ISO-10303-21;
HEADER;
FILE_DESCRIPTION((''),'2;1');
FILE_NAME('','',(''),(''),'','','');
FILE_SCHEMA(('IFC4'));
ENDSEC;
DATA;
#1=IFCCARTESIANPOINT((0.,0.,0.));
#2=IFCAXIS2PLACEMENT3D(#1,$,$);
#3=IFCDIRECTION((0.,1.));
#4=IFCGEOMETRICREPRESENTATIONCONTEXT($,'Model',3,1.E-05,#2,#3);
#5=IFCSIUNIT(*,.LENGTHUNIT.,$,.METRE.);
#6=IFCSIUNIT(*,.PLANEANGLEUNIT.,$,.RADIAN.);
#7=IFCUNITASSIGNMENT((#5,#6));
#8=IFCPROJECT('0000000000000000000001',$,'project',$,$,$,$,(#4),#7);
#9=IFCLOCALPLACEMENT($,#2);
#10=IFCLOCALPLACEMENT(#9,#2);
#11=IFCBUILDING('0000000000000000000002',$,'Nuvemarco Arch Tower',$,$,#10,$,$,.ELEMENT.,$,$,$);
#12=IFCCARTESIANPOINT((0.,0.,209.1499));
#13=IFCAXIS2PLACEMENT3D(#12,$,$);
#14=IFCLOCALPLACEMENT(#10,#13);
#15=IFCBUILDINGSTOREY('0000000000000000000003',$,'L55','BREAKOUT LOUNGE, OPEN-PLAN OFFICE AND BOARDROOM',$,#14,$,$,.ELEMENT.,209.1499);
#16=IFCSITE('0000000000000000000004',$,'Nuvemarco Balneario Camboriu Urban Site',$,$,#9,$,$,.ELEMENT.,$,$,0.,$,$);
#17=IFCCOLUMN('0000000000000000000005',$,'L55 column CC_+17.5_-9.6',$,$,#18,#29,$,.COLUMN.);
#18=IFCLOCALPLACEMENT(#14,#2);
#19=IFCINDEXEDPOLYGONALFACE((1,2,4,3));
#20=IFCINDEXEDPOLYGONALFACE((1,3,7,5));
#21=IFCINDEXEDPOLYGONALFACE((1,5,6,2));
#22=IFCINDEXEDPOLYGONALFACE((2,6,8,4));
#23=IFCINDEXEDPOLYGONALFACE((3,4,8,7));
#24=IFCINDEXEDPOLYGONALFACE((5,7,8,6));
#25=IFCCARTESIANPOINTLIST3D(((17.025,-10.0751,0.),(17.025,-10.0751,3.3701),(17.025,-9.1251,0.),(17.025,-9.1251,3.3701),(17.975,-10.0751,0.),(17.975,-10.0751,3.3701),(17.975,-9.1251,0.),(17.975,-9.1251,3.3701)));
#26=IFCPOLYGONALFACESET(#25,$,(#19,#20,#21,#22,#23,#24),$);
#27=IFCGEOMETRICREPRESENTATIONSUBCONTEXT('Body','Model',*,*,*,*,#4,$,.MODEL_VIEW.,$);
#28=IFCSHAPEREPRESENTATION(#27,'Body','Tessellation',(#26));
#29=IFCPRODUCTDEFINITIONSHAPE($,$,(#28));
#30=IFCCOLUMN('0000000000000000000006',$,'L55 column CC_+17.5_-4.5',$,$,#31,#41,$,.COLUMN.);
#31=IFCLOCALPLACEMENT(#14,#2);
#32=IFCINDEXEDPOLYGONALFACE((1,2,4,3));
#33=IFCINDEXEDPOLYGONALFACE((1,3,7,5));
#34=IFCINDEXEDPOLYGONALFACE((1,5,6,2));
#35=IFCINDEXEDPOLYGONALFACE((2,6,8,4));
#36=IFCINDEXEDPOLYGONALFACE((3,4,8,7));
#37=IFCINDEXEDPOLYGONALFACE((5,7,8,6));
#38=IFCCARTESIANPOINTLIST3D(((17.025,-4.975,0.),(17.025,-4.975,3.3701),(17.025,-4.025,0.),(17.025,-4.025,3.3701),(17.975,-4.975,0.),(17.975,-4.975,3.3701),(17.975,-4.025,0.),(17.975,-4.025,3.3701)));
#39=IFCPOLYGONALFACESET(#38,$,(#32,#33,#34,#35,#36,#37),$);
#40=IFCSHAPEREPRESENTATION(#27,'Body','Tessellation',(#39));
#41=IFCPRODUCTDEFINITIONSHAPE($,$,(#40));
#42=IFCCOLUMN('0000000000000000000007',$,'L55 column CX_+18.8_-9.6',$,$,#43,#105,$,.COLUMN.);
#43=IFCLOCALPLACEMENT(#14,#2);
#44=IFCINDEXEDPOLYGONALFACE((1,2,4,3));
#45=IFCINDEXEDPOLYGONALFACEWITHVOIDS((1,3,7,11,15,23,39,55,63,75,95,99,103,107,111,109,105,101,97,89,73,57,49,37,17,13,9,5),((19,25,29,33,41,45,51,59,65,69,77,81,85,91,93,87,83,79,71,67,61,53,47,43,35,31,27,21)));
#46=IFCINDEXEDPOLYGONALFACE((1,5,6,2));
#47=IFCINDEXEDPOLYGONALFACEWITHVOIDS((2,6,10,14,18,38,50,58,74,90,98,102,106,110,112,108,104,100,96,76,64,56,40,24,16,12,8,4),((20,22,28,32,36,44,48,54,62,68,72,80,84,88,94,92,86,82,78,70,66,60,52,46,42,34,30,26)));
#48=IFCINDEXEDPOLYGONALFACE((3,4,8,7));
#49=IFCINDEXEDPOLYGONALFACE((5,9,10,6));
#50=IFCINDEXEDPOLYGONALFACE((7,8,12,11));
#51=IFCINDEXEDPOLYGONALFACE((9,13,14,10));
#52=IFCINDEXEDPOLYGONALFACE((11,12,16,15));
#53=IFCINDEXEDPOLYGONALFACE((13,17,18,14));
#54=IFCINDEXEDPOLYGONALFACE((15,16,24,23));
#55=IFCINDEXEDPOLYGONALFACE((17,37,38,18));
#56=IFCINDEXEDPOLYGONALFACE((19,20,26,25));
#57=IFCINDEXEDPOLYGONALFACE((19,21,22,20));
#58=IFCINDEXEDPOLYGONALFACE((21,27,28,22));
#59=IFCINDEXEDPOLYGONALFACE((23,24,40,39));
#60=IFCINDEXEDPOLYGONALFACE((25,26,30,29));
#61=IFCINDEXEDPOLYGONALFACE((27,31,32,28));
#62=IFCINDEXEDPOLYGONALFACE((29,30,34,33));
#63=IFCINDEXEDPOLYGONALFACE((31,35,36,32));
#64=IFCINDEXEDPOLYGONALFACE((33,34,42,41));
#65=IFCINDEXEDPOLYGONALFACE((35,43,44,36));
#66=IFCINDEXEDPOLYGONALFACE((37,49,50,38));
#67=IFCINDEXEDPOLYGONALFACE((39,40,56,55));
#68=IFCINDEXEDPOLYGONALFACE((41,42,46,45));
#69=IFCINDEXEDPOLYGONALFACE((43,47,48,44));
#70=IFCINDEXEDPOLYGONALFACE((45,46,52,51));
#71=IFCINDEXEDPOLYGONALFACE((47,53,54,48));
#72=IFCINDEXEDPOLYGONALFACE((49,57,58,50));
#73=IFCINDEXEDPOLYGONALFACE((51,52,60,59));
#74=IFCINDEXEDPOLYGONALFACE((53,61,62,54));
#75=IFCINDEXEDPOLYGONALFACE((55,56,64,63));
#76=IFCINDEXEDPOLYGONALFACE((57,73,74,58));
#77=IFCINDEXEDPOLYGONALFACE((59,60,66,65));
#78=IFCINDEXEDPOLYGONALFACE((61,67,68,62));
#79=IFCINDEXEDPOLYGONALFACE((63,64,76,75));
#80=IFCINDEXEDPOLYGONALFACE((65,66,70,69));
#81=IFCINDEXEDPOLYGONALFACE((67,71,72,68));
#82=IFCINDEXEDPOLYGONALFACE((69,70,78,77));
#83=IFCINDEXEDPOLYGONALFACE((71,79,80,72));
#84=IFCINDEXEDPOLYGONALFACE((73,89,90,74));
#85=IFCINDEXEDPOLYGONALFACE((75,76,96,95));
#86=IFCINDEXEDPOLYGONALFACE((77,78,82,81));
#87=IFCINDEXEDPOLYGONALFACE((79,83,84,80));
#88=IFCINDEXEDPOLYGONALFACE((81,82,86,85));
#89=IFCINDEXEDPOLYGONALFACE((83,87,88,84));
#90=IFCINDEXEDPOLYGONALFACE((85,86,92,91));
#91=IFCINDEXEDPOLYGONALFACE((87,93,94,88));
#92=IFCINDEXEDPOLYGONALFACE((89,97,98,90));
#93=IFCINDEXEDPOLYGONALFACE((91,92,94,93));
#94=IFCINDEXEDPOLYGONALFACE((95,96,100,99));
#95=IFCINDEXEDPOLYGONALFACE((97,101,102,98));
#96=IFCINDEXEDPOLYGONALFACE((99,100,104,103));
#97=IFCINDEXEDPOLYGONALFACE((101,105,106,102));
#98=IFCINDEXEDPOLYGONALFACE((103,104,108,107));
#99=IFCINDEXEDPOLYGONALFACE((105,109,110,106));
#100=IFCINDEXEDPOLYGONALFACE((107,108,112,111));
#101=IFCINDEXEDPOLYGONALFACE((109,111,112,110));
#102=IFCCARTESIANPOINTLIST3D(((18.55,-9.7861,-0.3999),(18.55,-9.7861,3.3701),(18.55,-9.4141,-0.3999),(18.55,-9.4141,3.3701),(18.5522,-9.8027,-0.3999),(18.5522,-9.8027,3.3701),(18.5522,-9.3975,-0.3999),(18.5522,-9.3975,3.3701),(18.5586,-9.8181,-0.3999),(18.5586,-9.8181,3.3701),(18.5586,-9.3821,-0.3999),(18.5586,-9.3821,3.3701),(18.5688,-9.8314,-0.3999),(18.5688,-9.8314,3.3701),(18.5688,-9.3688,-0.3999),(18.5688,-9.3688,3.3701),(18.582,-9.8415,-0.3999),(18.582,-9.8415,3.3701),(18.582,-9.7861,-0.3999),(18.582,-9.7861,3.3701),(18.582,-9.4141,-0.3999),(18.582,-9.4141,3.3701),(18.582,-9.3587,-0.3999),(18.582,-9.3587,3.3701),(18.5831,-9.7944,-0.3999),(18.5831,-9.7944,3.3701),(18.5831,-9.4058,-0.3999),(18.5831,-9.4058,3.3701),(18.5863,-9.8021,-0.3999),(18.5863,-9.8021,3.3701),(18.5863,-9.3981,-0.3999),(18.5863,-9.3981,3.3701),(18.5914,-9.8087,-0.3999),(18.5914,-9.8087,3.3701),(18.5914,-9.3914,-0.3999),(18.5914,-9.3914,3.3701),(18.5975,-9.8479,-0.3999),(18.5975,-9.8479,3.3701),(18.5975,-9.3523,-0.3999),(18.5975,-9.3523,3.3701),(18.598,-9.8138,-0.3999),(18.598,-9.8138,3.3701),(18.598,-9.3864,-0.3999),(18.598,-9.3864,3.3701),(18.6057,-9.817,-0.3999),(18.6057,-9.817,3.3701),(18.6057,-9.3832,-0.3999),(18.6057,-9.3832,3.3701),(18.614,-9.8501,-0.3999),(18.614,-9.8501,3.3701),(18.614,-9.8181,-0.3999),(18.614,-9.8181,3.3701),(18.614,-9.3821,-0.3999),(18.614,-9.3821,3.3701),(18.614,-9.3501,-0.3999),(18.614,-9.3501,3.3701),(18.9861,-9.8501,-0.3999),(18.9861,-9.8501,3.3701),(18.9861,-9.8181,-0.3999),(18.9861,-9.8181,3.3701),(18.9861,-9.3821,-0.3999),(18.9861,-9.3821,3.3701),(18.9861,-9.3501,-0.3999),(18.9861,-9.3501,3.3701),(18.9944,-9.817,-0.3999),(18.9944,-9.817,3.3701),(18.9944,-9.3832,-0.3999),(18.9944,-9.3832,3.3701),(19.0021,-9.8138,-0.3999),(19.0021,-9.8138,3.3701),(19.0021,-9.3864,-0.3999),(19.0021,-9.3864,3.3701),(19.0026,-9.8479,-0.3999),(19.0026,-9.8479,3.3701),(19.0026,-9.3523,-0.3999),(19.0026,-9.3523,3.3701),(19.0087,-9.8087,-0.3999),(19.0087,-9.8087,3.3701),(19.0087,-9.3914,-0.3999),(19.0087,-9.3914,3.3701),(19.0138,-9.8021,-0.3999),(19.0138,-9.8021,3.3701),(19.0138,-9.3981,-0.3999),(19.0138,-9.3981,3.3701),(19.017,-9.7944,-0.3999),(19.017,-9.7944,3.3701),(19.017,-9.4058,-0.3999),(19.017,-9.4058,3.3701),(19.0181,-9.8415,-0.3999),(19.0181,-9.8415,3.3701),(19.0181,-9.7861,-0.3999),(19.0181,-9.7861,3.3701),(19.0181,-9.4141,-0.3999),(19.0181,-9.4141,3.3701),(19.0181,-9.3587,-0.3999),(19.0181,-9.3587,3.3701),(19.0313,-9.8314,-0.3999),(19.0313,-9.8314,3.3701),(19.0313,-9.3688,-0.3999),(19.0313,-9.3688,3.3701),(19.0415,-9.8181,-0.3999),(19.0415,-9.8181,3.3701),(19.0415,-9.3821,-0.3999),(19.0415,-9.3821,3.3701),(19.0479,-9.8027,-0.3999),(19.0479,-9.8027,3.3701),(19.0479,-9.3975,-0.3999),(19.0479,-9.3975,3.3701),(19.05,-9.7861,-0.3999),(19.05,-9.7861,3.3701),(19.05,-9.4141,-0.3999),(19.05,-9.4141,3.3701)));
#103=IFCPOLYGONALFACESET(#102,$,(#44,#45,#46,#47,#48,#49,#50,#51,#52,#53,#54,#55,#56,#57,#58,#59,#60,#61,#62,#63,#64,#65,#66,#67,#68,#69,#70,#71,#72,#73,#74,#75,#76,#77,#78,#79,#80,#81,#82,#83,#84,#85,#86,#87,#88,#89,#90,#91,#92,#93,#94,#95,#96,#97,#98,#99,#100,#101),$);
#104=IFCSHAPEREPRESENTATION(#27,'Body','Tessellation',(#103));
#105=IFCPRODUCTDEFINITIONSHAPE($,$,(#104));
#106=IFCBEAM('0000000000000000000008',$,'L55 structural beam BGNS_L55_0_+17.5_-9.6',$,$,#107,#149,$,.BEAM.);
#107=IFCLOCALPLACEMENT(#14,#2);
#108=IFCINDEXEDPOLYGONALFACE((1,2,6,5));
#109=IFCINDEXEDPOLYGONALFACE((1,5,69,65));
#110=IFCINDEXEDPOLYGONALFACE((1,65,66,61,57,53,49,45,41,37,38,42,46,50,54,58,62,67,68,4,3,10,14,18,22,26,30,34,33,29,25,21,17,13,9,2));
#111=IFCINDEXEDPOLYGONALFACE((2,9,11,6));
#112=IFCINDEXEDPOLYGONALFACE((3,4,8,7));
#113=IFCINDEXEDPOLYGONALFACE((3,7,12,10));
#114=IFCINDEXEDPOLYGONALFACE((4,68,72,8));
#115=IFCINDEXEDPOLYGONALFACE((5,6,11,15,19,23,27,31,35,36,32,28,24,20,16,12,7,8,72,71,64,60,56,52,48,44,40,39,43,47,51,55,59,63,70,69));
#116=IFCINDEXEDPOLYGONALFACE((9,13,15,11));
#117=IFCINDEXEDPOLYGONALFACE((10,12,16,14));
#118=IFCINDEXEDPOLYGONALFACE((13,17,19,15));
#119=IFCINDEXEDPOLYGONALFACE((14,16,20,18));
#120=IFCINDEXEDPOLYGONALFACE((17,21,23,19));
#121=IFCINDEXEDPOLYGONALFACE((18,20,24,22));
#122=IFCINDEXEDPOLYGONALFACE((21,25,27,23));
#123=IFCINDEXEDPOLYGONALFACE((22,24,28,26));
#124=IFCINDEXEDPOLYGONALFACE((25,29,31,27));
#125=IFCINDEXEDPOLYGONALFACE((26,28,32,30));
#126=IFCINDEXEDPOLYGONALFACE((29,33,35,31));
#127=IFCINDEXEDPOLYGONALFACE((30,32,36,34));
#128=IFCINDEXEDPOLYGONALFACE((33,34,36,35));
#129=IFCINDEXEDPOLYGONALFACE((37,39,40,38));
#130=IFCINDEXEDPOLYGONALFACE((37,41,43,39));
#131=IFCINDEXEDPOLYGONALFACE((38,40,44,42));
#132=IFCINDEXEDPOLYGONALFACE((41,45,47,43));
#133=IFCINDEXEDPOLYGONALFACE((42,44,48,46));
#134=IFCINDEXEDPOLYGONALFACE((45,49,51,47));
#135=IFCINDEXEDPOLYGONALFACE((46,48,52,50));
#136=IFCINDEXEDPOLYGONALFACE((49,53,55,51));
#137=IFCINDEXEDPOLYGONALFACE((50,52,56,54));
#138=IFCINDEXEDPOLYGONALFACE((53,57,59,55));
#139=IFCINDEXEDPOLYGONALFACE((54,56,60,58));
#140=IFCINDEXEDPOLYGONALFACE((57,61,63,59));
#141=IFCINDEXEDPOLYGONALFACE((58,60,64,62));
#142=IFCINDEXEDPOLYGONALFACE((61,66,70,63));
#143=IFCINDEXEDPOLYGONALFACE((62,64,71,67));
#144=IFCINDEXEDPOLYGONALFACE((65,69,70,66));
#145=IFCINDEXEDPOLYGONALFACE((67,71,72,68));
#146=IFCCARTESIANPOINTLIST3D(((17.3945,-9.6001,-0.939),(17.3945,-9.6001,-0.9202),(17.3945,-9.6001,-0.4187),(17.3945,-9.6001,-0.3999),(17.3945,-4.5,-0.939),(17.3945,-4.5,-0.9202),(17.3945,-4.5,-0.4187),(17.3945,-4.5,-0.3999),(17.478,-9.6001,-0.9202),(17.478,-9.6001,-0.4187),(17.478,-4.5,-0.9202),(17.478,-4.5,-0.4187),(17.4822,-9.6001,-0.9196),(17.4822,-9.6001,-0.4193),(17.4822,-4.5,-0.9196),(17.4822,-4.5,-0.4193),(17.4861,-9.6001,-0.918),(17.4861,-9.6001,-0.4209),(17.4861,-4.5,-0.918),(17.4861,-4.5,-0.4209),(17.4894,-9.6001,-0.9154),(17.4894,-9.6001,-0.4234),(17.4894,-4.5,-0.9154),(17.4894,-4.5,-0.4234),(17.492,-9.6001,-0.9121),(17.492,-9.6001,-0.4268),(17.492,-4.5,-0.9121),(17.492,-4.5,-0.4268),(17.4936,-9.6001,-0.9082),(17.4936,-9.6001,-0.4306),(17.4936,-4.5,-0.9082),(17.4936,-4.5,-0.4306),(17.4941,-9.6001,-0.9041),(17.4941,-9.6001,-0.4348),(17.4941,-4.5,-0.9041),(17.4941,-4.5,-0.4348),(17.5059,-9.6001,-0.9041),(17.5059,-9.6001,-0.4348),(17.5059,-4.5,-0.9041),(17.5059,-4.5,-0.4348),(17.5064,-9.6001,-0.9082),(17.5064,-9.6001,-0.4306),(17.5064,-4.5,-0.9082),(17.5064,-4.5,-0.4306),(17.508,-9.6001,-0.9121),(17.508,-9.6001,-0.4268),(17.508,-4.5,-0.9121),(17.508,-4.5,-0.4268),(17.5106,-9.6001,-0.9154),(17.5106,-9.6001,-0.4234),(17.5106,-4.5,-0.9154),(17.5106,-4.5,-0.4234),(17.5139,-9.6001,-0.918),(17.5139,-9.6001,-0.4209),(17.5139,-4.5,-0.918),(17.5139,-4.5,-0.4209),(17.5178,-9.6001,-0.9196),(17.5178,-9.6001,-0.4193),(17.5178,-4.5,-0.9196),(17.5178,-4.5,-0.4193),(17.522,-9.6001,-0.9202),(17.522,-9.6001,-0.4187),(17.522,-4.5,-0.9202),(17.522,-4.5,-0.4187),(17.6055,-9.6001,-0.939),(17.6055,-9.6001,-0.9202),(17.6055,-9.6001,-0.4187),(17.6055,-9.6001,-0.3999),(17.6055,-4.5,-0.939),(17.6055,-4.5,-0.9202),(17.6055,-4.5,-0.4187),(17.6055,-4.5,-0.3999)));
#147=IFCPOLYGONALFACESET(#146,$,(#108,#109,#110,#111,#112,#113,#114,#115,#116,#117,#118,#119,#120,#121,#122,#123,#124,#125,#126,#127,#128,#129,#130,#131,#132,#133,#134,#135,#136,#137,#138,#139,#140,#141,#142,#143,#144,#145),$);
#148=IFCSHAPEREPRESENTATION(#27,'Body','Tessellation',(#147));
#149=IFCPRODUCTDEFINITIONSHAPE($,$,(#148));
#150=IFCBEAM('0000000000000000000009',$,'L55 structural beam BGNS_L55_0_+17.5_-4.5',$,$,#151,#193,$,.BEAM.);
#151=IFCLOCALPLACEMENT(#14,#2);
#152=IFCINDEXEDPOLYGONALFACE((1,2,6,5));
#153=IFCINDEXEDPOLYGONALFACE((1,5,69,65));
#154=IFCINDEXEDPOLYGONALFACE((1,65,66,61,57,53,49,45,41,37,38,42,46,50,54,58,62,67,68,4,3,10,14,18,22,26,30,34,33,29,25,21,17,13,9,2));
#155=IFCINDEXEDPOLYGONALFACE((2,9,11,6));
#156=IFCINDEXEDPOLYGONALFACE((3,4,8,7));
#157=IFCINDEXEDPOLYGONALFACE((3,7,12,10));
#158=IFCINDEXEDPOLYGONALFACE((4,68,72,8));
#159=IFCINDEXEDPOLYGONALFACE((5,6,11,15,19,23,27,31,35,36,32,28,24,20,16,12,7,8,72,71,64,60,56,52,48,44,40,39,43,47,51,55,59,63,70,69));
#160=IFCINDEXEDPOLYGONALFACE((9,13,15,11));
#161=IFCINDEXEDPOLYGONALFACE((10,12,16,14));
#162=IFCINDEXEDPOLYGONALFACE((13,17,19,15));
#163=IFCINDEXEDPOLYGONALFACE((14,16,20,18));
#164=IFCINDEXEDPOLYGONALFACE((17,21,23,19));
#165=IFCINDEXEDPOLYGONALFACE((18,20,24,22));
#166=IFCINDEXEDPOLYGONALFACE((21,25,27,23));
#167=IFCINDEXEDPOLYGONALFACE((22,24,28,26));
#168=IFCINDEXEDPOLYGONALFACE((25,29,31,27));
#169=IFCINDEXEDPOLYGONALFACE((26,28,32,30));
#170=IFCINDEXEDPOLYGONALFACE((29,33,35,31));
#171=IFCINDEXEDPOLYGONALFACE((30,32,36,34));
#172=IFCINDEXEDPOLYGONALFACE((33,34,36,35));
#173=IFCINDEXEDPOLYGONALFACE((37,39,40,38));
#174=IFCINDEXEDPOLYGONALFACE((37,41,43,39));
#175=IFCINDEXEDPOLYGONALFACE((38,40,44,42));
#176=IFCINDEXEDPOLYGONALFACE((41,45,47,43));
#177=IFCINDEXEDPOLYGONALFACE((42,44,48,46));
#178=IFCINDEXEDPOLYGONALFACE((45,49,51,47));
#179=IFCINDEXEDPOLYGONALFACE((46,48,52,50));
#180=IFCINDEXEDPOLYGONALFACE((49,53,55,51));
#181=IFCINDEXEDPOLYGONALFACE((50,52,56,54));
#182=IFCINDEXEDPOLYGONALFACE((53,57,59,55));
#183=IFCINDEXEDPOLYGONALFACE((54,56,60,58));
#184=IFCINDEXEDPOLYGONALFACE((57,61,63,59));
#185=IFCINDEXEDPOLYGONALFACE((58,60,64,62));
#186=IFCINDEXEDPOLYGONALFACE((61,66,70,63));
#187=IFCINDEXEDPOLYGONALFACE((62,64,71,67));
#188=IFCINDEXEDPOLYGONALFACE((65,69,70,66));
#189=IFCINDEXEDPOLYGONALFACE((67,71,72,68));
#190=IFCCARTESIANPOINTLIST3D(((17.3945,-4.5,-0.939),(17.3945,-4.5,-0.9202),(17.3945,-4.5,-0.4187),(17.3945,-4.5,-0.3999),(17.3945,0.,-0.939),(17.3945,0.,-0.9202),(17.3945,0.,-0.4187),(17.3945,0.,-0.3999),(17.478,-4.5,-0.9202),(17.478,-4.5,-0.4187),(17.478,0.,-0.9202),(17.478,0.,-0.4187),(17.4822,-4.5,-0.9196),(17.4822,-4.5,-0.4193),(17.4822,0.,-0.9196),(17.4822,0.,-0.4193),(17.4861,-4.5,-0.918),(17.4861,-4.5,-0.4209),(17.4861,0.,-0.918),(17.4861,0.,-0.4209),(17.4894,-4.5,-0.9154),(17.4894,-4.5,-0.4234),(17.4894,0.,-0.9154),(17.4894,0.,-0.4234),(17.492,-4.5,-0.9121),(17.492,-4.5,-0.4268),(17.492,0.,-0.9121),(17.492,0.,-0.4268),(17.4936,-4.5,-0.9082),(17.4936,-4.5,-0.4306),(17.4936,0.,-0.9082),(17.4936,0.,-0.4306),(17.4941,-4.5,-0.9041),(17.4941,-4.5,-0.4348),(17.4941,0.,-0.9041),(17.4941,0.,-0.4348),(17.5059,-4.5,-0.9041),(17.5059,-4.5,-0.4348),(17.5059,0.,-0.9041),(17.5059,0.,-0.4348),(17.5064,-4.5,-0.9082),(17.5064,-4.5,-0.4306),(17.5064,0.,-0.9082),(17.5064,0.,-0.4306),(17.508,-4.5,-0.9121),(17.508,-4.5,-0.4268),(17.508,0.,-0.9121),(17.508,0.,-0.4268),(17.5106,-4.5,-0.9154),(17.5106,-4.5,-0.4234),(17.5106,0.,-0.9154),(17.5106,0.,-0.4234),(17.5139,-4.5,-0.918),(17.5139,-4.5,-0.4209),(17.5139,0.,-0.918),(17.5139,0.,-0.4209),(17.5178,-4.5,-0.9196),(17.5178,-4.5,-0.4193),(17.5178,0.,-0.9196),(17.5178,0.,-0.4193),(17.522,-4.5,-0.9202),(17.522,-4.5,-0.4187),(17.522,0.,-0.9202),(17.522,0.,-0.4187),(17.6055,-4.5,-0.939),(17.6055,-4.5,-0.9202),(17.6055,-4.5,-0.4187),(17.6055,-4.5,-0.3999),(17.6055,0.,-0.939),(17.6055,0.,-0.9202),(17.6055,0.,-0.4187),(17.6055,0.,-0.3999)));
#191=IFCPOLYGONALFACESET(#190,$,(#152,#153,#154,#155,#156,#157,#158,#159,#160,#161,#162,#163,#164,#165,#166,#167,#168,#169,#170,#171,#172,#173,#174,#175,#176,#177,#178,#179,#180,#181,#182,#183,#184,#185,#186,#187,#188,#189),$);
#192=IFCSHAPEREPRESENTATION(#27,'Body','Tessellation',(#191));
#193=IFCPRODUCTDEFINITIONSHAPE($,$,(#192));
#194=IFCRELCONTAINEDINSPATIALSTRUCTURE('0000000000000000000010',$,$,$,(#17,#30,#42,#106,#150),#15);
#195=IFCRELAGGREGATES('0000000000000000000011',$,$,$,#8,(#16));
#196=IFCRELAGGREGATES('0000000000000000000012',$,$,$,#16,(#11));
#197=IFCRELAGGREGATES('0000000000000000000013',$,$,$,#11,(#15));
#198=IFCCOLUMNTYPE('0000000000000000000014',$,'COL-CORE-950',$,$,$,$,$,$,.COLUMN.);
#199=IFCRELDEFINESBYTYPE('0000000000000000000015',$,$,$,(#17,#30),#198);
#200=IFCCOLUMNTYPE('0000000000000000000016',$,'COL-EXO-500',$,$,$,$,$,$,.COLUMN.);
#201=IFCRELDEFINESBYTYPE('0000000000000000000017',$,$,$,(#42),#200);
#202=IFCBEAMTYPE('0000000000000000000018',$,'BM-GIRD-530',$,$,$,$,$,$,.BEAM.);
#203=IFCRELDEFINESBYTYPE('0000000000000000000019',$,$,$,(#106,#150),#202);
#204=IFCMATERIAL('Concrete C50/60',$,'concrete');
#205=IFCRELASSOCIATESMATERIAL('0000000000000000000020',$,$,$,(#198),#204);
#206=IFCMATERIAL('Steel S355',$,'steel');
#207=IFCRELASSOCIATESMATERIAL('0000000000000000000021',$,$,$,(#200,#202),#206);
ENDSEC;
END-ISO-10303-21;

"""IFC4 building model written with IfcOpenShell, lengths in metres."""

from ifc_helpers import new_model, si_unit, direction, frame, origin, origin_2d, place, context, subcontext, project, spatial, rectangle, hollow_rectangle, i_section, extrude, material, material_profile, profile_set, type_object, element, save


model = new_model("IFC4")

# Units and contexts
model_context = context("Model", 3, precision=1e-05, world=origin(), true_north=direction((0.0, 1.0)))
body_context = subcontext(model_context, "Body", "Model", "MODEL_VIEW")
ifc_project = project(units=[si_unit("LENGTHUNIT", "METRE"), si_unit("PLANEANGLEUNIT", "RADIAN")], contexts=[model_context])

# Site, building, storey
site_placement = place(None, origin())
site = spatial("IfcSite", under=ifc_project, at=site_placement, Name="Nuvemarco Balneario Camboriu Urban Site", CompositionType="ELEMENT", RefElevation=0.0)
building_placement = place(site_placement, origin())
building = spatial("IfcBuilding", under=site, at=building_placement, Name="Nuvemarco Arch Tower", CompositionType="ELEMENT")
storey_placement = place(building_placement, frame((0.0, 0.0, 209.1499)))
storey = spatial("IfcBuildingStorey", under=building, at=storey_placement, Name="L55", Description="BREAKOUT LOUNGE, OPEN-PLAN OFFICE AND BOARDROOM", CompositionType="ELEMENT", Elevation=209.1499)

# Columns
ifc_material_1 = material(Name="Concrete C50/60", Category="concrete")
ifc_material_profile_1 = material_profile(ifc_material_1, rectangle(XDim=0.95, YDim=0.95, at=origin_2d()), Name="RC-COL-950x950")
ifc_profile_set_1 = profile_set([ifc_material_profile_1], Name="Concrete C50/60")
column_type_1 = type_object("IfcColumnType", Name="COL-CORE-950", PredefinedType="COLUMN", material=ifc_profile_set_1)
for number, where, z_axis, x_axis, name in (
    (1, (17.5, -9.6001, 0.0), (0.0, 0.0, 1.0), (1.0, 0.0, 0.0), "L55 column CC_+17.5_-9.6"),
    (2, (17.5, -4.5, 0.0), (0.0, 0.0, 1.0), (1.0, 0.0, 0.0), "L55 column CC_+17.5_-4.5"),
):
    element("IfcColumn", number, at=place(storey_placement, frame(where, z_axis=z_axis, x_axis=x_axis)), inside=storey, type_object=column_type_1, Name=name, PredefinedType="COLUMN", context=body_context, shape_type="SweptSolid", body=[
        extrude(rectangle(XDim=0.95, YDim=0.95, at=origin_2d()), origin(), (0.0, 0.0, 1.0), 3.3701),
    ])
ifc_material_2 = material(Name="Steel S355", Category="steel")
ifc_material_profile_2 = material_profile(ifc_material_2, hollow_rectangle(XDim=0.5, YDim=0.5, WallThickness=0.032, InnerFilletRadius=0.032, OuterFilletRadius=0.064, at=origin_2d()), Name="SHS500x500x32")
ifc_profile_set_2 = profile_set([ifc_material_profile_2], Name="Steel S355")
column_type_2 = type_object("IfcColumnType", Name="COL-EXO-500", PredefinedType="COLUMN", material=ifc_profile_set_2)
column_placement = place(storey_placement, frame((18.8, -9.6001, -0.3999), z_axis=(0.0, 0.0, 1.0), x_axis=(1.0, 0.0, 0.0)))
element("IfcColumn", 3, at=column_placement, inside=storey, type_object=column_type_2, Name="L55 column CX_+18.8_-9.6", PredefinedType="COLUMN", context=body_context, shape_type="SweptSolid", body=[
    extrude(hollow_rectangle(XDim=0.5, YDim=0.5, WallThickness=0.032, InnerFilletRadius=0.032, OuterFilletRadius=0.064, at=origin_2d()), origin(), (0.0, 0.0, 1.0), 3.77),
])

# Beams
ifc_material_profile_3 = material_profile(ifc_material_2, i_section(OverallWidth=0.2109, OverallDepth=0.5391, WebThickness=0.0117, FlangeThickness=0.0188, FilletRadius=0.0161, at=origin_2d()), Name="W530x109")
ifc_profile_set_3 = profile_set([ifc_material_profile_3], Name="Steel S355")
beam_type_1 = type_object("IfcBeamType", Name="BM-GIRD-530", PredefinedType="BEAM", material=ifc_profile_set_3)
beam_1_placement = place(storey_placement, frame((17.5, -9.6001, -0.6694), z_axis=(0.0, 1.0, 0.0), x_axis=(-1.0, 0.0, 0.0)))
element("IfcBeam", 4, at=beam_1_placement, inside=storey, type_object=beam_type_1, Name="L55 structural beam BGNS_L55_0_+17.5_-9.6", PredefinedType="BEAM", context=body_context, shape_type="SweptSolid", body=[
    extrude(i_section(OverallWidth=0.2109, OverallDepth=0.5391, WebThickness=0.0117, FlangeThickness=0.0188, FilletRadius=0.0161, at=origin_2d()), origin(), (0.0, 0.0, 1.0), 5.1001),
])
beam_2_placement = place(storey_placement, frame((17.5, -4.5, -0.6694), z_axis=(0.0, 1.0, 0.0), x_axis=(-1.0, 0.0, 0.0)))
element("IfcBeam", 5, at=beam_2_placement, inside=storey, type_object=beam_type_1, Name="L55 structural beam BGNS_L55_0_+17.5_-4.5", PredefinedType="BEAM", context=body_context, shape_type="SweptSolid", body=[
    extrude(i_section(OverallWidth=0.2109, OverallDepth=0.5391, WebThickness=0.0117, FlangeThickness=0.0188, FilletRadius=0.0161, at=origin_2d()), origin(), (0.0, 0.0, 1.0), 4.5),
])

save(model, "model.ifc")
